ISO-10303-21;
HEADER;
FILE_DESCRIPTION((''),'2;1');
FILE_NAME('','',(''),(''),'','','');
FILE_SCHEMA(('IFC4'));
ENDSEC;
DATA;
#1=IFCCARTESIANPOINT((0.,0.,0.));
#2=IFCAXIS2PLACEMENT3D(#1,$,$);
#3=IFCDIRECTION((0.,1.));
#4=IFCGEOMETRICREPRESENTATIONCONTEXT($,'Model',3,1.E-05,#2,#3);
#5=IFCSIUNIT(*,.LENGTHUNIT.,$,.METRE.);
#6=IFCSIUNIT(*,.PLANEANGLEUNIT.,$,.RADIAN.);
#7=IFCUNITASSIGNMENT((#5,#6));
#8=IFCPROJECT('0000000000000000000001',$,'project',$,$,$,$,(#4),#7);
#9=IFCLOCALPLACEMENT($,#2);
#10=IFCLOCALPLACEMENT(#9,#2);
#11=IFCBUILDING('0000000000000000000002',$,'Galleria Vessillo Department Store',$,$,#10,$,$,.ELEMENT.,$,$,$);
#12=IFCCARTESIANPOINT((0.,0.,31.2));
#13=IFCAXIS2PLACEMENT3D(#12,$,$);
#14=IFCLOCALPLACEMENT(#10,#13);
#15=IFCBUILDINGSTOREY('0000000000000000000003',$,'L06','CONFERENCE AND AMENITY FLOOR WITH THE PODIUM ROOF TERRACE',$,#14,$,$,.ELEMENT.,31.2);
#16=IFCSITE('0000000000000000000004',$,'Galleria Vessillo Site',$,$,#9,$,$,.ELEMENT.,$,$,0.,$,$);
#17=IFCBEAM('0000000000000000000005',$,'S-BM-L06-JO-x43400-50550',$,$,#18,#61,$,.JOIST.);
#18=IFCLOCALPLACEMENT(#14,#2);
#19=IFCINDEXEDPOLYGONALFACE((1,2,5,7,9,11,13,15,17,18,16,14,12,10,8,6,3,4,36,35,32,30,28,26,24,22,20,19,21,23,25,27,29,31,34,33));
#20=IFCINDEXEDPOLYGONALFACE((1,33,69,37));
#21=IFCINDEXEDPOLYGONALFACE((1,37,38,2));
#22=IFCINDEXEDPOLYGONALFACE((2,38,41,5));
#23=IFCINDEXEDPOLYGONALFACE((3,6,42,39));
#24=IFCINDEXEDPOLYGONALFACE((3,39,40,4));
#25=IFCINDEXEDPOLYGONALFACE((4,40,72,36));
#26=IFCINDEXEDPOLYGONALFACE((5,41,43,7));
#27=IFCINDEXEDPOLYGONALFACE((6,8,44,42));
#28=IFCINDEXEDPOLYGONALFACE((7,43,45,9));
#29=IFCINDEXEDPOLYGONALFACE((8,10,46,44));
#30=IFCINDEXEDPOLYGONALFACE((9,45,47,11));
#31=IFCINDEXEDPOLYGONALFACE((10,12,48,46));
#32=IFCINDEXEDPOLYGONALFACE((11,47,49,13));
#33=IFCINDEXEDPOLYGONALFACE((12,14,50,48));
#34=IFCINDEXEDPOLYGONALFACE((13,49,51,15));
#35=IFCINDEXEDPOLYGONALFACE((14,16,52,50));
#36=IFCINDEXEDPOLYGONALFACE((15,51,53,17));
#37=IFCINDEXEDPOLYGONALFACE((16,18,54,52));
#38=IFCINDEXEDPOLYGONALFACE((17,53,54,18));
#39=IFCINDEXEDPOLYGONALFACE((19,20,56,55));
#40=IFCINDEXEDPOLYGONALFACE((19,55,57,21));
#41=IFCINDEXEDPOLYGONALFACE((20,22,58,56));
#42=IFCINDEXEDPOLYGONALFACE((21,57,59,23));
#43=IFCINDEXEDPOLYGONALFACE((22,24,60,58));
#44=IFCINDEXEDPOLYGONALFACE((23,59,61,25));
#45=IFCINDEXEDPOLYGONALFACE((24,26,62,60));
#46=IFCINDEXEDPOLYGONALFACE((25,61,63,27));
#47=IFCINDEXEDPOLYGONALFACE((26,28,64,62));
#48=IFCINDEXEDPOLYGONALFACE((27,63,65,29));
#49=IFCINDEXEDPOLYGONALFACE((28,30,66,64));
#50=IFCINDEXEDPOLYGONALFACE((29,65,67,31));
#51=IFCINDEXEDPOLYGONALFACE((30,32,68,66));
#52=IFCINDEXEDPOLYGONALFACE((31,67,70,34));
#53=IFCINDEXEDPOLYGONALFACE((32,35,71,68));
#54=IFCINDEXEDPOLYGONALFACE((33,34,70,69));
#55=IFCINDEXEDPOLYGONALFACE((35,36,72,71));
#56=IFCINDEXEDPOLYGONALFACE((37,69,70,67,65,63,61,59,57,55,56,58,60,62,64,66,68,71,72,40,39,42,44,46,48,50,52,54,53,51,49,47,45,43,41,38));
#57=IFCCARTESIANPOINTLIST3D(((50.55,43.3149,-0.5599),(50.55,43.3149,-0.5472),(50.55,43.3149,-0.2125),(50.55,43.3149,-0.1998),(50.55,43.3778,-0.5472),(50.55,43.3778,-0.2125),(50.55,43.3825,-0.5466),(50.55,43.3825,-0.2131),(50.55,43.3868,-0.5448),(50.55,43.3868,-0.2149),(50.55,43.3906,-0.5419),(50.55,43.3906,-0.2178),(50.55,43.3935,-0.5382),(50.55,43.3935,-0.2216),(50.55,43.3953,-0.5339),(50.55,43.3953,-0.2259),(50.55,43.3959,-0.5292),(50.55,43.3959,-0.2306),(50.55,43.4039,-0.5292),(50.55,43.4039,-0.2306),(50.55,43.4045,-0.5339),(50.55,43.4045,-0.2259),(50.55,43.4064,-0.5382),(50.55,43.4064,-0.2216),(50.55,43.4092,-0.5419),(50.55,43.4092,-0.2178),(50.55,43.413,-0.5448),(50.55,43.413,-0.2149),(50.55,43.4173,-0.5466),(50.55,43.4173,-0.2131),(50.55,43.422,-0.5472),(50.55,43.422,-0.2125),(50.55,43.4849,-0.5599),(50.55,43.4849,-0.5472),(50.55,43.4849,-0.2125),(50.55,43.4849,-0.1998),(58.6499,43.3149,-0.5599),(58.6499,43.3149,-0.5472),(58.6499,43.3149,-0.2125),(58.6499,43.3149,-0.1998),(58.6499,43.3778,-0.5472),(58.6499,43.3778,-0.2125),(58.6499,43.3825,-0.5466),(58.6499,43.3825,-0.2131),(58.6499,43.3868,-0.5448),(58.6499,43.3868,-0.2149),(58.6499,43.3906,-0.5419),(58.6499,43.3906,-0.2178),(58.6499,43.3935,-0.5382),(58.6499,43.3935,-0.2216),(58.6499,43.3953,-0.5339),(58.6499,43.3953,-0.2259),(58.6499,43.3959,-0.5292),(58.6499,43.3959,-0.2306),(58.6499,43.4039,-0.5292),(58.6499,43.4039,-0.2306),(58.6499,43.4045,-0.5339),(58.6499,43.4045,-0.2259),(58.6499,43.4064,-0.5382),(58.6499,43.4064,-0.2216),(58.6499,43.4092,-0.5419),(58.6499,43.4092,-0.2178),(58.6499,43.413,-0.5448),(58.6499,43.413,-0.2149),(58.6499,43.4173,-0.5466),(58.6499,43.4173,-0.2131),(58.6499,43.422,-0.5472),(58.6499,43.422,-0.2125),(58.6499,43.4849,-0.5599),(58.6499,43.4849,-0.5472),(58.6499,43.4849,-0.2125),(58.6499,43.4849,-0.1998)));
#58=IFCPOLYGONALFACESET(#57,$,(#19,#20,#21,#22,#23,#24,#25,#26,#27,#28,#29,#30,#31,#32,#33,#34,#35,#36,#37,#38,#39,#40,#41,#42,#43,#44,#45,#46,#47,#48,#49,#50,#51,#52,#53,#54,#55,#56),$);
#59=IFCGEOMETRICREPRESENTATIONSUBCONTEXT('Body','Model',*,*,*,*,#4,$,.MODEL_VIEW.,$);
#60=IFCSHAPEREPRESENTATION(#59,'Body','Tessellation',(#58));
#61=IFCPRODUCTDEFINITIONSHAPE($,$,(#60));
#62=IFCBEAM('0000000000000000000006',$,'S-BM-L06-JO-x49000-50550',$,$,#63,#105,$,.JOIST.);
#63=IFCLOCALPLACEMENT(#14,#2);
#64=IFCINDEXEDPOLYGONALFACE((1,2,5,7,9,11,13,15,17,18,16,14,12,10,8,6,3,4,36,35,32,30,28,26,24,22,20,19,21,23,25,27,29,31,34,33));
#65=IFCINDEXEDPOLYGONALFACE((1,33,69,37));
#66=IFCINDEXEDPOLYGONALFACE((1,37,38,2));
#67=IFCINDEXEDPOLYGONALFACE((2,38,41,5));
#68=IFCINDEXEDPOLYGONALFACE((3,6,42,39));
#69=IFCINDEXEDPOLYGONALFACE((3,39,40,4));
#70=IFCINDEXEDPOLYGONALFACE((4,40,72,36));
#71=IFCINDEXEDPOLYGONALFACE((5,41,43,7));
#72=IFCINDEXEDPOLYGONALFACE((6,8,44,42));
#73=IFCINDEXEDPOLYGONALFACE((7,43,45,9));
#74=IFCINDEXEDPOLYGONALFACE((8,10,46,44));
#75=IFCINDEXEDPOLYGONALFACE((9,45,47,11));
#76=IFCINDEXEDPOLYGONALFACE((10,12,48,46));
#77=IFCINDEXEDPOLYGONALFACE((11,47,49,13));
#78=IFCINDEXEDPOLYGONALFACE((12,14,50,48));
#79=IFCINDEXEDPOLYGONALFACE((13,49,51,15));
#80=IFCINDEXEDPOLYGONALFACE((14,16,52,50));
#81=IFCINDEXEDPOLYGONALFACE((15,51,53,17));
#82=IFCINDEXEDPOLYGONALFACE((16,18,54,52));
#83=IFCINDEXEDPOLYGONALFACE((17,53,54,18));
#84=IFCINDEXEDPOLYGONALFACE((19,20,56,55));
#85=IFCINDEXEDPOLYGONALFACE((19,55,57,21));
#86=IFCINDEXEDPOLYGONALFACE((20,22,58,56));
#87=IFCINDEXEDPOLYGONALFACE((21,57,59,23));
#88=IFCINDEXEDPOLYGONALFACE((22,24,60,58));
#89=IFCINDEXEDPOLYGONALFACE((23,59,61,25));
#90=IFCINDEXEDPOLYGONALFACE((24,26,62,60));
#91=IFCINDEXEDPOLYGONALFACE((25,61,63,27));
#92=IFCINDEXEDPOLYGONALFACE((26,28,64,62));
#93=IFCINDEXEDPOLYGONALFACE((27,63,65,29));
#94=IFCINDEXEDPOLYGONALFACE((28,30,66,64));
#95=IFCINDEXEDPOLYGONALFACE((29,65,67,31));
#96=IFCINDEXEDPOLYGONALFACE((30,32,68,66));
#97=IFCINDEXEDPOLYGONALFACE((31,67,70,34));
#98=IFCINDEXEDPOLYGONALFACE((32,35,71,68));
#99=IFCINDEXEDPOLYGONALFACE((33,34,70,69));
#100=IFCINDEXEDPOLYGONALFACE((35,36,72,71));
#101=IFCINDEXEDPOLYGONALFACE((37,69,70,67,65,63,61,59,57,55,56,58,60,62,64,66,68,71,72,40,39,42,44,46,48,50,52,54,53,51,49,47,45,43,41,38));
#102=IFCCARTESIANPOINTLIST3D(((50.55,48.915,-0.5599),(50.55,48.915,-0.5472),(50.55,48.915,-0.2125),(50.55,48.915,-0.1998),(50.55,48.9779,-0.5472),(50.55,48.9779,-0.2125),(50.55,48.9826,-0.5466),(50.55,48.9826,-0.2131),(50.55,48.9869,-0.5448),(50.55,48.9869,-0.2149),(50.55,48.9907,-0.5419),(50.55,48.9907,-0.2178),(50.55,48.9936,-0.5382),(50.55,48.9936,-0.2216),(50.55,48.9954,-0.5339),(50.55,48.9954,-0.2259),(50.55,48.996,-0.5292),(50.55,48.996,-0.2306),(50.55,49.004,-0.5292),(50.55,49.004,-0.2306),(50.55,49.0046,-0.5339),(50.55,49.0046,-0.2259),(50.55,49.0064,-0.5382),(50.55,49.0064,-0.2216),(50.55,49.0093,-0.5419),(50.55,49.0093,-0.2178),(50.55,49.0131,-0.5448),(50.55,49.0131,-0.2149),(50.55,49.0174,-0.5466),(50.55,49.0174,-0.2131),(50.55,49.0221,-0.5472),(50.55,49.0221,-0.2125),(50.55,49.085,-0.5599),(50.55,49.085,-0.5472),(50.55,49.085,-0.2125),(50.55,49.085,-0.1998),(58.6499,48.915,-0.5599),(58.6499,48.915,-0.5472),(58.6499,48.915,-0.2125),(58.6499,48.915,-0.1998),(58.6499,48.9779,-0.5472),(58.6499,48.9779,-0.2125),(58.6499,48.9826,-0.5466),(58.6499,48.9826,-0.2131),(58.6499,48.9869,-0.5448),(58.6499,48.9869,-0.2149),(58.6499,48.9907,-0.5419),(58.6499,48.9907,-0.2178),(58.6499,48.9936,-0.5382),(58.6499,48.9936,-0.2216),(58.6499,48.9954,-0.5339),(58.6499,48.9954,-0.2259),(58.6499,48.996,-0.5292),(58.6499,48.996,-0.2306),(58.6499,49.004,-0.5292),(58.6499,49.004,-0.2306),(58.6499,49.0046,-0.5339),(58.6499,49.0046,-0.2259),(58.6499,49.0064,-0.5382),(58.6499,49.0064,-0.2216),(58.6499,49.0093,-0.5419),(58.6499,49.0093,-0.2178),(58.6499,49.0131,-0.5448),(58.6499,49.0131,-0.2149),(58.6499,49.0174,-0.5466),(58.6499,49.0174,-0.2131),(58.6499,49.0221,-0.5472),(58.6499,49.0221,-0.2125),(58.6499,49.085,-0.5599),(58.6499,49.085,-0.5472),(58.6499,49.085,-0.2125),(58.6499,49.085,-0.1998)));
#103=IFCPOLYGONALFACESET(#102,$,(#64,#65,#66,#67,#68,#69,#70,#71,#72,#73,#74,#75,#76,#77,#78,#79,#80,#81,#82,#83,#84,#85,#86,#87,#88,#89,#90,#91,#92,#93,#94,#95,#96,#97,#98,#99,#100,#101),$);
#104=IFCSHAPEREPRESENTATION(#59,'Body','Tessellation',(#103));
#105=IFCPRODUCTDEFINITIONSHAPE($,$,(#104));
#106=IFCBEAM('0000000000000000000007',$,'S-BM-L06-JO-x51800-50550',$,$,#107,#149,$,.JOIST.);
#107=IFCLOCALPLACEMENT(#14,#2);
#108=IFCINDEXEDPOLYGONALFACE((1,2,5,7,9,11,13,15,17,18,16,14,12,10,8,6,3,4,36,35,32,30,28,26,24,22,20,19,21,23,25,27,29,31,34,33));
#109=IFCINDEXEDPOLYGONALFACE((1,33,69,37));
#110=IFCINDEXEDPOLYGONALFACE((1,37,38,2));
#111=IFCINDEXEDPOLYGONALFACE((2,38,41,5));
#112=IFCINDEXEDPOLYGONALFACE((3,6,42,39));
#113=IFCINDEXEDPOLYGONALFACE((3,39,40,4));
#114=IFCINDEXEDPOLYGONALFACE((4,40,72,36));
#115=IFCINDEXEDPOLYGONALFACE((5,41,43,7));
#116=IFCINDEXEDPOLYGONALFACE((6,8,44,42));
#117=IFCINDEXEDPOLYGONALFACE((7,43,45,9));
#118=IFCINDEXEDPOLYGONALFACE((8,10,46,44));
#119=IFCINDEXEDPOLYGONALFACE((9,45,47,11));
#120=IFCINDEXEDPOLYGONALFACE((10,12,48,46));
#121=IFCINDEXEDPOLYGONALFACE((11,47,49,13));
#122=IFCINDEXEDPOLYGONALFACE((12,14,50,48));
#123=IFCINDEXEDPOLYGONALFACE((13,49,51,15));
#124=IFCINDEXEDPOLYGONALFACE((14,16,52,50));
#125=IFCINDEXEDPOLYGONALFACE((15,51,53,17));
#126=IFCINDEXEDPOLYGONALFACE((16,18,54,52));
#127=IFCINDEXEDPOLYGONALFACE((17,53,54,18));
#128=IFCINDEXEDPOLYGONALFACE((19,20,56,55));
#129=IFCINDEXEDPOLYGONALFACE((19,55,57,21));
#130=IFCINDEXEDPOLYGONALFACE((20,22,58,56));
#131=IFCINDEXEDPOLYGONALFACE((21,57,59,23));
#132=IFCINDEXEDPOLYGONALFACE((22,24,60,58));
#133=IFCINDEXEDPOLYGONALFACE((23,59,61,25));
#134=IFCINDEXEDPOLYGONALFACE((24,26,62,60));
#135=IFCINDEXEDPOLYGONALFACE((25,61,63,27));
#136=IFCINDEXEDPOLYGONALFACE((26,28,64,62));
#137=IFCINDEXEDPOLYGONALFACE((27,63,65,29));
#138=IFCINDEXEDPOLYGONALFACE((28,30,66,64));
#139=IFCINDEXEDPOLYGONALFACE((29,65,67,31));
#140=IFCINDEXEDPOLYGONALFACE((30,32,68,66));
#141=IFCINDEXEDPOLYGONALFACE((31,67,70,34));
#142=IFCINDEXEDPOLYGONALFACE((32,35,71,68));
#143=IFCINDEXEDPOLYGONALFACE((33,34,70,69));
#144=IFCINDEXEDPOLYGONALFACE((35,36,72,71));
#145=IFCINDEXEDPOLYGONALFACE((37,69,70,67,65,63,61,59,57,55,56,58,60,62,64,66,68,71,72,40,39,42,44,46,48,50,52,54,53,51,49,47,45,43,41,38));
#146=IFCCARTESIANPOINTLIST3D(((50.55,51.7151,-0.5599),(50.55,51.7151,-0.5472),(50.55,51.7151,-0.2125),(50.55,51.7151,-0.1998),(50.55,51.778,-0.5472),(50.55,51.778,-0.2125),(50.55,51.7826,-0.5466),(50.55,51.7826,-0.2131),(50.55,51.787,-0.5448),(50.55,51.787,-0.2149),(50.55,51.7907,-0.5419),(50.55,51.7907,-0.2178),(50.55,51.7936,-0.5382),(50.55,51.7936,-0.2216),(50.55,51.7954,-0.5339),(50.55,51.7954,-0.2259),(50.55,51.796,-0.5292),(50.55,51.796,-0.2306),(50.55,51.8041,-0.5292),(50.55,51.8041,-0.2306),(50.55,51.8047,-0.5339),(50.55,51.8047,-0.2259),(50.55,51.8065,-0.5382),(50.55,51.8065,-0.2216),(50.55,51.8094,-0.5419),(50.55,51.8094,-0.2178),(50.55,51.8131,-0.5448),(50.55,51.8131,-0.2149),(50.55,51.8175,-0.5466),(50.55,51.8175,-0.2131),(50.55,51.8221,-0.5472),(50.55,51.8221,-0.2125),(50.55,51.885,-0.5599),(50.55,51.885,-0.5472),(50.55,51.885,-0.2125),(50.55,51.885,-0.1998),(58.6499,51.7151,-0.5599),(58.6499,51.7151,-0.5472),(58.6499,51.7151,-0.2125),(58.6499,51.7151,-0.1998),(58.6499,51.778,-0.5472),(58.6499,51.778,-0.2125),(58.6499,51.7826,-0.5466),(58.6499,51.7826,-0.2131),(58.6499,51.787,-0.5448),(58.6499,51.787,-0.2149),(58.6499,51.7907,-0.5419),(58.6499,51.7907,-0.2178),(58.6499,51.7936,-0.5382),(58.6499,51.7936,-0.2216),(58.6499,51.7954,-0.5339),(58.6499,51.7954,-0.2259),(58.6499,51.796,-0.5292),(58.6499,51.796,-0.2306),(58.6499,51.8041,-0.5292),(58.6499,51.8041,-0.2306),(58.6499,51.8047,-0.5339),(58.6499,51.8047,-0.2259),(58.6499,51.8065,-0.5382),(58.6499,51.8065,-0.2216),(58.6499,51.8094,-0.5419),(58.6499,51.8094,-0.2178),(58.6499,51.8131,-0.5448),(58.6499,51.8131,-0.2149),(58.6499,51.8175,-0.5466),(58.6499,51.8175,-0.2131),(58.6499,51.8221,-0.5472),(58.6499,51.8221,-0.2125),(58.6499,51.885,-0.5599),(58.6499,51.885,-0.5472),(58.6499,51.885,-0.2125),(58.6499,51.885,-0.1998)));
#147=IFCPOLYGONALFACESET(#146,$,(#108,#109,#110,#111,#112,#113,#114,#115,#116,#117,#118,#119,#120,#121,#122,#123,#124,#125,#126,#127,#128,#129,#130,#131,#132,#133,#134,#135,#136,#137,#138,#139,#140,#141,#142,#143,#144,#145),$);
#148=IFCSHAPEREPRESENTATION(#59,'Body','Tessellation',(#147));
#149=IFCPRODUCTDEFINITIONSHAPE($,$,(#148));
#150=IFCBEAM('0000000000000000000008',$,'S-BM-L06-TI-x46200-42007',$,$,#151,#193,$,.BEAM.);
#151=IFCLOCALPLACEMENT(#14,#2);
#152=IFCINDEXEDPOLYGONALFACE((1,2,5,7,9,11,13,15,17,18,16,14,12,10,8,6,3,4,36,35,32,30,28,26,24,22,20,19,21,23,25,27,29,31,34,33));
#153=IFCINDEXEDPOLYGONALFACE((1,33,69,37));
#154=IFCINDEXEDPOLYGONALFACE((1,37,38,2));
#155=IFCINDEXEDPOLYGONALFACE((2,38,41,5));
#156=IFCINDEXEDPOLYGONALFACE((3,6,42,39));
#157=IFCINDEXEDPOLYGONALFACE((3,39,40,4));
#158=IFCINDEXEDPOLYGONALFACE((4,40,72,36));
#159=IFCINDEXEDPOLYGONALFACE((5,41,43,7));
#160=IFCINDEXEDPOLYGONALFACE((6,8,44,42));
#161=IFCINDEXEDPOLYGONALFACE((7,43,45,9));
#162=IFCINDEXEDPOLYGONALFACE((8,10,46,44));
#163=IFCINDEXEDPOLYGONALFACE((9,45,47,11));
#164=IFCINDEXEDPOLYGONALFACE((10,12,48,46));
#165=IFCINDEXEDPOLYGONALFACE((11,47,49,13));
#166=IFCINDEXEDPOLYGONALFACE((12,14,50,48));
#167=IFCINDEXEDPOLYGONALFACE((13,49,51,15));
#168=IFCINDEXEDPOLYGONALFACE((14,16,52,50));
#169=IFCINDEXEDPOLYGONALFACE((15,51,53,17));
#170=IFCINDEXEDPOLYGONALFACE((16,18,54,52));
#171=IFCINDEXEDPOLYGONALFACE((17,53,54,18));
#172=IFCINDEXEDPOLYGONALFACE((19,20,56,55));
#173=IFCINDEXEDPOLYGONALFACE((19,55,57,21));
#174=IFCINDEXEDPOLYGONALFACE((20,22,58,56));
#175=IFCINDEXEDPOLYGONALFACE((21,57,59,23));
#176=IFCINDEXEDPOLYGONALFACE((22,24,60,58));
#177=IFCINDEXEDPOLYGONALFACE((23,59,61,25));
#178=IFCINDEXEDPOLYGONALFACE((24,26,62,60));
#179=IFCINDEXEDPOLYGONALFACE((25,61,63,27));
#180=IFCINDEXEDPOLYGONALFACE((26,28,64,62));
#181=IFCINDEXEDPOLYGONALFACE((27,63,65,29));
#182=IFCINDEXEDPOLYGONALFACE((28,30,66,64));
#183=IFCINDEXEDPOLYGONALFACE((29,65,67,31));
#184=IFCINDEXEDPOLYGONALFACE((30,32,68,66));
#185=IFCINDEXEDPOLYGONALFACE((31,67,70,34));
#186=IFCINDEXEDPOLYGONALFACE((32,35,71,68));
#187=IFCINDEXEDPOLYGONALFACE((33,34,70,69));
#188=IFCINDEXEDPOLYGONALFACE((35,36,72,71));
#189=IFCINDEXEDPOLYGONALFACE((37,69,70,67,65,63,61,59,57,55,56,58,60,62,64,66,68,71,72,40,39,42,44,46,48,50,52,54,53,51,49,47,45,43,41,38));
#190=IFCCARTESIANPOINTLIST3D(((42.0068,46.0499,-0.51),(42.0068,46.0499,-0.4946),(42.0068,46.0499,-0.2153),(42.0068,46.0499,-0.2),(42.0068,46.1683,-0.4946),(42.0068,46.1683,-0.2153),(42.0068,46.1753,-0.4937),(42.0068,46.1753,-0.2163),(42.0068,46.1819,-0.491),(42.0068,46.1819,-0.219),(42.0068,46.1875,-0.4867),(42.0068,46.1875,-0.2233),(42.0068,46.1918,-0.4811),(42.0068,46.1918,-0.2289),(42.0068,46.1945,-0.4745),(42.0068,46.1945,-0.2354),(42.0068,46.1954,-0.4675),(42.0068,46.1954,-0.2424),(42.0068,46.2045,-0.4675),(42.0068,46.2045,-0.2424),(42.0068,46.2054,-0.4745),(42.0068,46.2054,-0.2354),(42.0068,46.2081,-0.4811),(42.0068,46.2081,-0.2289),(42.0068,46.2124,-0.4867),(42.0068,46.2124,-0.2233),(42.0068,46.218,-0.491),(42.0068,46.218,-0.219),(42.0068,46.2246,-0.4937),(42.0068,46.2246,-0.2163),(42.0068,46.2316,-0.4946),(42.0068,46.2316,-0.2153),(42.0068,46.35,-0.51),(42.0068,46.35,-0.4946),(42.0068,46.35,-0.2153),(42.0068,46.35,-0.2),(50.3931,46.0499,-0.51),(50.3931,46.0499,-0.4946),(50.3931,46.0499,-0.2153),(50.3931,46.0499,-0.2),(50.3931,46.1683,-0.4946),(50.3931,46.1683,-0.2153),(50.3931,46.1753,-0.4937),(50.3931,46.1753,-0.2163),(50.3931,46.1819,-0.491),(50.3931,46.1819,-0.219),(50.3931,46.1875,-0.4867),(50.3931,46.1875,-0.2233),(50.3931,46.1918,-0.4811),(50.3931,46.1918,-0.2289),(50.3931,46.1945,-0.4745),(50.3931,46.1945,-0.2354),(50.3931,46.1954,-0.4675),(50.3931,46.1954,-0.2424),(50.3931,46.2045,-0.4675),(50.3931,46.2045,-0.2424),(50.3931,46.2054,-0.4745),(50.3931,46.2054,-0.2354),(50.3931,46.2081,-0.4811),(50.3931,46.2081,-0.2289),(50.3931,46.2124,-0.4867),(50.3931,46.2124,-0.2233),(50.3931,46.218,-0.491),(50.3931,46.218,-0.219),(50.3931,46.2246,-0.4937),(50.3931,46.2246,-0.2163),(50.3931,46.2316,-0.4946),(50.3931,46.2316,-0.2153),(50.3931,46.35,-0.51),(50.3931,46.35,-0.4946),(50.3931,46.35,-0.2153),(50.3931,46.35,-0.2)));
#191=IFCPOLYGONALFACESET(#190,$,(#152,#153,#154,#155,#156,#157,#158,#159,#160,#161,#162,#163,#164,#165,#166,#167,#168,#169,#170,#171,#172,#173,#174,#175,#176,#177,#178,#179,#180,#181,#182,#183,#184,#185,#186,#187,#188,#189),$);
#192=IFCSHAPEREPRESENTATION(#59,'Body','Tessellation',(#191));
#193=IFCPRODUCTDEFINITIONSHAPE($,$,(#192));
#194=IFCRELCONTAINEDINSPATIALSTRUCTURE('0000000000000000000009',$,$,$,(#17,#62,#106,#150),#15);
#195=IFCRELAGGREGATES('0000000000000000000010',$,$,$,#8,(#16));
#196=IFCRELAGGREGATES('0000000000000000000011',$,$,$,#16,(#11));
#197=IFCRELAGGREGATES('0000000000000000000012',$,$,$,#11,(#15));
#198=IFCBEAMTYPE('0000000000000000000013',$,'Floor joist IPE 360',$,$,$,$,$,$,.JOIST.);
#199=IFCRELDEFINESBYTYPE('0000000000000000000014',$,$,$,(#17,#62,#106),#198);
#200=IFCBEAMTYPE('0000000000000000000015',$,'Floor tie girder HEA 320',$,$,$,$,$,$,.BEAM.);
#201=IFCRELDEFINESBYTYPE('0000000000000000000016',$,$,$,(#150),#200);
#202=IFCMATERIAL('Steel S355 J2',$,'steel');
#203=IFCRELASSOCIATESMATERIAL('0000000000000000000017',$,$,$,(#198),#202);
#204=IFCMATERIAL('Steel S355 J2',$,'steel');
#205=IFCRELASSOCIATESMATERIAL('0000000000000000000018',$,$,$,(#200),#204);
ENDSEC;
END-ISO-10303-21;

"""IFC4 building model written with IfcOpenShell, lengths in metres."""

from ifc_helpers import new_model, si_unit, direction, frame, origin, origin_2d, place, context, subcontext, project, spatial, i_section, extrude, material, material_profile, profile_set, type_object, element, save


model = new_model("IFC4")

# Units and contexts
model_context = context("Model", 3, precision=1e-05, world=origin(), true_north=direction((0.0, 1.0)))
body_context = subcontext(model_context, "Body", "Model", "MODEL_VIEW")
ifc_project = project(units=[si_unit("LENGTHUNIT", "METRE"), si_unit("PLANEANGLEUNIT", "RADIAN")], contexts=[model_context])

# Site, building, storey
site_placement = place(None, origin())
site = spatial("IfcSite", under=ifc_project, at=site_placement, Name="Galleria Vessillo Site", CompositionType="ELEMENT", RefElevation=0.0)
building_placement = place(site_placement, origin())
building = spatial("IfcBuilding", under=site, at=building_placement, Name="Galleria Vessillo Department Store", CompositionType="ELEMENT")
storey_placement = place(building_placement, frame((0.0, 0.0, 31.2)))
storey = spatial("IfcBuildingStorey", under=building, at=storey_placement, Name="L06", Description="CONFERENCE AND AMENITY FLOOR WITH THE PODIUM ROOF TERRACE", CompositionType="ELEMENT", Elevation=31.2)

# Beams
ifc_material_1 = material(Name="Steel S355 J2", Category="steel")
ifc_material_profile_1 = material_profile(ifc_material_1, i_section(OverallWidth=0.1699, OverallDepth=0.3601, WebThickness=0.0081, FlangeThickness=0.0127, FilletRadius=0.0181, at=origin_2d()), Name="IPE 360")
ifc_profile_set_1 = profile_set([ifc_material_profile_1], Name="Steel S355 J2")
beam_type_1 = type_object("IfcBeamType", Name="Floor joist IPE 360", PredefinedType="JOIST", material=ifc_profile_set_1)
for number, where, z_axis, x_axis, name in (
    (1, (50.55, 43.3999, -0.3799), (1.0, 0.0, 0.0), (0.0, 1.0, 0.0), "S-BM-L06-JO-x43400-50550"),
    (2, (50.55, 49.0, -0.3799), (1.0, 0.0, 0.0), (0.0, 1.0, 0.0), "S-BM-L06-JO-x49000-50550"),
    (3, (50.55, 51.8, -0.3799), (1.0, 0.0, 0.0), (0.0, 1.0, 0.0), "S-BM-L06-JO-x51800-50550"),
):
    element("IfcBeam", number, at=place(storey_placement, frame(where, z_axis=z_axis, x_axis=x_axis)), inside=storey, type_object=beam_type_1, Name=name, PredefinedType="JOIST", context=body_context, shape_type="SweptSolid", body=[
        extrude(i_section(OverallWidth=0.1699, OverallDepth=0.3601, WebThickness=0.0081, FlangeThickness=0.0127, FilletRadius=0.0181, at=origin_2d()), origin(), (0.0, 0.0, 1.0), 8.0999),
    ])
ifc_material_2 = material(Name="Steel S355 J2", Category="steel")
ifc_material_profile_2 = material_profile(ifc_material_2, i_section(OverallWidth=0.3, OverallDepth=0.3101, WebThickness=0.009, FlangeThickness=0.0154, FilletRadius=0.0271, at=origin_2d()), Name="HEA 320")
ifc_profile_set_2 = profile_set([ifc_material_profile_2], Name="Steel S355 J2")
beam_type_2 = type_object("IfcBeamType", Name="Floor tie girder HEA 320", PredefinedType="BEAM", material=ifc_profile_set_2)
for number, where, z_axis, x_axis, name in (
    (4, (42.0068, 46.2, -0.355), (1.0, 0.0, 0.0), (0.0, 1.0, 0.0), "S-BM-L06-TI-x46200-42007"),
):
    element("IfcBeam", number, at=place(storey_placement, frame(where, z_axis=z_axis, x_axis=x_axis)), inside=storey, type_object=beam_type_2, Name=name, PredefinedType="BEAM", context=body_context, shape_type="SweptSolid", body=[
        extrude(i_section(OverallWidth=0.3, OverallDepth=0.3101, WebThickness=0.009, FlangeThickness=0.0154, FilletRadius=0.0271, at=origin_2d()), origin(), (0.0, 0.0, 1.0), 8.3862),
    ])

save(model, "model.ifc")
